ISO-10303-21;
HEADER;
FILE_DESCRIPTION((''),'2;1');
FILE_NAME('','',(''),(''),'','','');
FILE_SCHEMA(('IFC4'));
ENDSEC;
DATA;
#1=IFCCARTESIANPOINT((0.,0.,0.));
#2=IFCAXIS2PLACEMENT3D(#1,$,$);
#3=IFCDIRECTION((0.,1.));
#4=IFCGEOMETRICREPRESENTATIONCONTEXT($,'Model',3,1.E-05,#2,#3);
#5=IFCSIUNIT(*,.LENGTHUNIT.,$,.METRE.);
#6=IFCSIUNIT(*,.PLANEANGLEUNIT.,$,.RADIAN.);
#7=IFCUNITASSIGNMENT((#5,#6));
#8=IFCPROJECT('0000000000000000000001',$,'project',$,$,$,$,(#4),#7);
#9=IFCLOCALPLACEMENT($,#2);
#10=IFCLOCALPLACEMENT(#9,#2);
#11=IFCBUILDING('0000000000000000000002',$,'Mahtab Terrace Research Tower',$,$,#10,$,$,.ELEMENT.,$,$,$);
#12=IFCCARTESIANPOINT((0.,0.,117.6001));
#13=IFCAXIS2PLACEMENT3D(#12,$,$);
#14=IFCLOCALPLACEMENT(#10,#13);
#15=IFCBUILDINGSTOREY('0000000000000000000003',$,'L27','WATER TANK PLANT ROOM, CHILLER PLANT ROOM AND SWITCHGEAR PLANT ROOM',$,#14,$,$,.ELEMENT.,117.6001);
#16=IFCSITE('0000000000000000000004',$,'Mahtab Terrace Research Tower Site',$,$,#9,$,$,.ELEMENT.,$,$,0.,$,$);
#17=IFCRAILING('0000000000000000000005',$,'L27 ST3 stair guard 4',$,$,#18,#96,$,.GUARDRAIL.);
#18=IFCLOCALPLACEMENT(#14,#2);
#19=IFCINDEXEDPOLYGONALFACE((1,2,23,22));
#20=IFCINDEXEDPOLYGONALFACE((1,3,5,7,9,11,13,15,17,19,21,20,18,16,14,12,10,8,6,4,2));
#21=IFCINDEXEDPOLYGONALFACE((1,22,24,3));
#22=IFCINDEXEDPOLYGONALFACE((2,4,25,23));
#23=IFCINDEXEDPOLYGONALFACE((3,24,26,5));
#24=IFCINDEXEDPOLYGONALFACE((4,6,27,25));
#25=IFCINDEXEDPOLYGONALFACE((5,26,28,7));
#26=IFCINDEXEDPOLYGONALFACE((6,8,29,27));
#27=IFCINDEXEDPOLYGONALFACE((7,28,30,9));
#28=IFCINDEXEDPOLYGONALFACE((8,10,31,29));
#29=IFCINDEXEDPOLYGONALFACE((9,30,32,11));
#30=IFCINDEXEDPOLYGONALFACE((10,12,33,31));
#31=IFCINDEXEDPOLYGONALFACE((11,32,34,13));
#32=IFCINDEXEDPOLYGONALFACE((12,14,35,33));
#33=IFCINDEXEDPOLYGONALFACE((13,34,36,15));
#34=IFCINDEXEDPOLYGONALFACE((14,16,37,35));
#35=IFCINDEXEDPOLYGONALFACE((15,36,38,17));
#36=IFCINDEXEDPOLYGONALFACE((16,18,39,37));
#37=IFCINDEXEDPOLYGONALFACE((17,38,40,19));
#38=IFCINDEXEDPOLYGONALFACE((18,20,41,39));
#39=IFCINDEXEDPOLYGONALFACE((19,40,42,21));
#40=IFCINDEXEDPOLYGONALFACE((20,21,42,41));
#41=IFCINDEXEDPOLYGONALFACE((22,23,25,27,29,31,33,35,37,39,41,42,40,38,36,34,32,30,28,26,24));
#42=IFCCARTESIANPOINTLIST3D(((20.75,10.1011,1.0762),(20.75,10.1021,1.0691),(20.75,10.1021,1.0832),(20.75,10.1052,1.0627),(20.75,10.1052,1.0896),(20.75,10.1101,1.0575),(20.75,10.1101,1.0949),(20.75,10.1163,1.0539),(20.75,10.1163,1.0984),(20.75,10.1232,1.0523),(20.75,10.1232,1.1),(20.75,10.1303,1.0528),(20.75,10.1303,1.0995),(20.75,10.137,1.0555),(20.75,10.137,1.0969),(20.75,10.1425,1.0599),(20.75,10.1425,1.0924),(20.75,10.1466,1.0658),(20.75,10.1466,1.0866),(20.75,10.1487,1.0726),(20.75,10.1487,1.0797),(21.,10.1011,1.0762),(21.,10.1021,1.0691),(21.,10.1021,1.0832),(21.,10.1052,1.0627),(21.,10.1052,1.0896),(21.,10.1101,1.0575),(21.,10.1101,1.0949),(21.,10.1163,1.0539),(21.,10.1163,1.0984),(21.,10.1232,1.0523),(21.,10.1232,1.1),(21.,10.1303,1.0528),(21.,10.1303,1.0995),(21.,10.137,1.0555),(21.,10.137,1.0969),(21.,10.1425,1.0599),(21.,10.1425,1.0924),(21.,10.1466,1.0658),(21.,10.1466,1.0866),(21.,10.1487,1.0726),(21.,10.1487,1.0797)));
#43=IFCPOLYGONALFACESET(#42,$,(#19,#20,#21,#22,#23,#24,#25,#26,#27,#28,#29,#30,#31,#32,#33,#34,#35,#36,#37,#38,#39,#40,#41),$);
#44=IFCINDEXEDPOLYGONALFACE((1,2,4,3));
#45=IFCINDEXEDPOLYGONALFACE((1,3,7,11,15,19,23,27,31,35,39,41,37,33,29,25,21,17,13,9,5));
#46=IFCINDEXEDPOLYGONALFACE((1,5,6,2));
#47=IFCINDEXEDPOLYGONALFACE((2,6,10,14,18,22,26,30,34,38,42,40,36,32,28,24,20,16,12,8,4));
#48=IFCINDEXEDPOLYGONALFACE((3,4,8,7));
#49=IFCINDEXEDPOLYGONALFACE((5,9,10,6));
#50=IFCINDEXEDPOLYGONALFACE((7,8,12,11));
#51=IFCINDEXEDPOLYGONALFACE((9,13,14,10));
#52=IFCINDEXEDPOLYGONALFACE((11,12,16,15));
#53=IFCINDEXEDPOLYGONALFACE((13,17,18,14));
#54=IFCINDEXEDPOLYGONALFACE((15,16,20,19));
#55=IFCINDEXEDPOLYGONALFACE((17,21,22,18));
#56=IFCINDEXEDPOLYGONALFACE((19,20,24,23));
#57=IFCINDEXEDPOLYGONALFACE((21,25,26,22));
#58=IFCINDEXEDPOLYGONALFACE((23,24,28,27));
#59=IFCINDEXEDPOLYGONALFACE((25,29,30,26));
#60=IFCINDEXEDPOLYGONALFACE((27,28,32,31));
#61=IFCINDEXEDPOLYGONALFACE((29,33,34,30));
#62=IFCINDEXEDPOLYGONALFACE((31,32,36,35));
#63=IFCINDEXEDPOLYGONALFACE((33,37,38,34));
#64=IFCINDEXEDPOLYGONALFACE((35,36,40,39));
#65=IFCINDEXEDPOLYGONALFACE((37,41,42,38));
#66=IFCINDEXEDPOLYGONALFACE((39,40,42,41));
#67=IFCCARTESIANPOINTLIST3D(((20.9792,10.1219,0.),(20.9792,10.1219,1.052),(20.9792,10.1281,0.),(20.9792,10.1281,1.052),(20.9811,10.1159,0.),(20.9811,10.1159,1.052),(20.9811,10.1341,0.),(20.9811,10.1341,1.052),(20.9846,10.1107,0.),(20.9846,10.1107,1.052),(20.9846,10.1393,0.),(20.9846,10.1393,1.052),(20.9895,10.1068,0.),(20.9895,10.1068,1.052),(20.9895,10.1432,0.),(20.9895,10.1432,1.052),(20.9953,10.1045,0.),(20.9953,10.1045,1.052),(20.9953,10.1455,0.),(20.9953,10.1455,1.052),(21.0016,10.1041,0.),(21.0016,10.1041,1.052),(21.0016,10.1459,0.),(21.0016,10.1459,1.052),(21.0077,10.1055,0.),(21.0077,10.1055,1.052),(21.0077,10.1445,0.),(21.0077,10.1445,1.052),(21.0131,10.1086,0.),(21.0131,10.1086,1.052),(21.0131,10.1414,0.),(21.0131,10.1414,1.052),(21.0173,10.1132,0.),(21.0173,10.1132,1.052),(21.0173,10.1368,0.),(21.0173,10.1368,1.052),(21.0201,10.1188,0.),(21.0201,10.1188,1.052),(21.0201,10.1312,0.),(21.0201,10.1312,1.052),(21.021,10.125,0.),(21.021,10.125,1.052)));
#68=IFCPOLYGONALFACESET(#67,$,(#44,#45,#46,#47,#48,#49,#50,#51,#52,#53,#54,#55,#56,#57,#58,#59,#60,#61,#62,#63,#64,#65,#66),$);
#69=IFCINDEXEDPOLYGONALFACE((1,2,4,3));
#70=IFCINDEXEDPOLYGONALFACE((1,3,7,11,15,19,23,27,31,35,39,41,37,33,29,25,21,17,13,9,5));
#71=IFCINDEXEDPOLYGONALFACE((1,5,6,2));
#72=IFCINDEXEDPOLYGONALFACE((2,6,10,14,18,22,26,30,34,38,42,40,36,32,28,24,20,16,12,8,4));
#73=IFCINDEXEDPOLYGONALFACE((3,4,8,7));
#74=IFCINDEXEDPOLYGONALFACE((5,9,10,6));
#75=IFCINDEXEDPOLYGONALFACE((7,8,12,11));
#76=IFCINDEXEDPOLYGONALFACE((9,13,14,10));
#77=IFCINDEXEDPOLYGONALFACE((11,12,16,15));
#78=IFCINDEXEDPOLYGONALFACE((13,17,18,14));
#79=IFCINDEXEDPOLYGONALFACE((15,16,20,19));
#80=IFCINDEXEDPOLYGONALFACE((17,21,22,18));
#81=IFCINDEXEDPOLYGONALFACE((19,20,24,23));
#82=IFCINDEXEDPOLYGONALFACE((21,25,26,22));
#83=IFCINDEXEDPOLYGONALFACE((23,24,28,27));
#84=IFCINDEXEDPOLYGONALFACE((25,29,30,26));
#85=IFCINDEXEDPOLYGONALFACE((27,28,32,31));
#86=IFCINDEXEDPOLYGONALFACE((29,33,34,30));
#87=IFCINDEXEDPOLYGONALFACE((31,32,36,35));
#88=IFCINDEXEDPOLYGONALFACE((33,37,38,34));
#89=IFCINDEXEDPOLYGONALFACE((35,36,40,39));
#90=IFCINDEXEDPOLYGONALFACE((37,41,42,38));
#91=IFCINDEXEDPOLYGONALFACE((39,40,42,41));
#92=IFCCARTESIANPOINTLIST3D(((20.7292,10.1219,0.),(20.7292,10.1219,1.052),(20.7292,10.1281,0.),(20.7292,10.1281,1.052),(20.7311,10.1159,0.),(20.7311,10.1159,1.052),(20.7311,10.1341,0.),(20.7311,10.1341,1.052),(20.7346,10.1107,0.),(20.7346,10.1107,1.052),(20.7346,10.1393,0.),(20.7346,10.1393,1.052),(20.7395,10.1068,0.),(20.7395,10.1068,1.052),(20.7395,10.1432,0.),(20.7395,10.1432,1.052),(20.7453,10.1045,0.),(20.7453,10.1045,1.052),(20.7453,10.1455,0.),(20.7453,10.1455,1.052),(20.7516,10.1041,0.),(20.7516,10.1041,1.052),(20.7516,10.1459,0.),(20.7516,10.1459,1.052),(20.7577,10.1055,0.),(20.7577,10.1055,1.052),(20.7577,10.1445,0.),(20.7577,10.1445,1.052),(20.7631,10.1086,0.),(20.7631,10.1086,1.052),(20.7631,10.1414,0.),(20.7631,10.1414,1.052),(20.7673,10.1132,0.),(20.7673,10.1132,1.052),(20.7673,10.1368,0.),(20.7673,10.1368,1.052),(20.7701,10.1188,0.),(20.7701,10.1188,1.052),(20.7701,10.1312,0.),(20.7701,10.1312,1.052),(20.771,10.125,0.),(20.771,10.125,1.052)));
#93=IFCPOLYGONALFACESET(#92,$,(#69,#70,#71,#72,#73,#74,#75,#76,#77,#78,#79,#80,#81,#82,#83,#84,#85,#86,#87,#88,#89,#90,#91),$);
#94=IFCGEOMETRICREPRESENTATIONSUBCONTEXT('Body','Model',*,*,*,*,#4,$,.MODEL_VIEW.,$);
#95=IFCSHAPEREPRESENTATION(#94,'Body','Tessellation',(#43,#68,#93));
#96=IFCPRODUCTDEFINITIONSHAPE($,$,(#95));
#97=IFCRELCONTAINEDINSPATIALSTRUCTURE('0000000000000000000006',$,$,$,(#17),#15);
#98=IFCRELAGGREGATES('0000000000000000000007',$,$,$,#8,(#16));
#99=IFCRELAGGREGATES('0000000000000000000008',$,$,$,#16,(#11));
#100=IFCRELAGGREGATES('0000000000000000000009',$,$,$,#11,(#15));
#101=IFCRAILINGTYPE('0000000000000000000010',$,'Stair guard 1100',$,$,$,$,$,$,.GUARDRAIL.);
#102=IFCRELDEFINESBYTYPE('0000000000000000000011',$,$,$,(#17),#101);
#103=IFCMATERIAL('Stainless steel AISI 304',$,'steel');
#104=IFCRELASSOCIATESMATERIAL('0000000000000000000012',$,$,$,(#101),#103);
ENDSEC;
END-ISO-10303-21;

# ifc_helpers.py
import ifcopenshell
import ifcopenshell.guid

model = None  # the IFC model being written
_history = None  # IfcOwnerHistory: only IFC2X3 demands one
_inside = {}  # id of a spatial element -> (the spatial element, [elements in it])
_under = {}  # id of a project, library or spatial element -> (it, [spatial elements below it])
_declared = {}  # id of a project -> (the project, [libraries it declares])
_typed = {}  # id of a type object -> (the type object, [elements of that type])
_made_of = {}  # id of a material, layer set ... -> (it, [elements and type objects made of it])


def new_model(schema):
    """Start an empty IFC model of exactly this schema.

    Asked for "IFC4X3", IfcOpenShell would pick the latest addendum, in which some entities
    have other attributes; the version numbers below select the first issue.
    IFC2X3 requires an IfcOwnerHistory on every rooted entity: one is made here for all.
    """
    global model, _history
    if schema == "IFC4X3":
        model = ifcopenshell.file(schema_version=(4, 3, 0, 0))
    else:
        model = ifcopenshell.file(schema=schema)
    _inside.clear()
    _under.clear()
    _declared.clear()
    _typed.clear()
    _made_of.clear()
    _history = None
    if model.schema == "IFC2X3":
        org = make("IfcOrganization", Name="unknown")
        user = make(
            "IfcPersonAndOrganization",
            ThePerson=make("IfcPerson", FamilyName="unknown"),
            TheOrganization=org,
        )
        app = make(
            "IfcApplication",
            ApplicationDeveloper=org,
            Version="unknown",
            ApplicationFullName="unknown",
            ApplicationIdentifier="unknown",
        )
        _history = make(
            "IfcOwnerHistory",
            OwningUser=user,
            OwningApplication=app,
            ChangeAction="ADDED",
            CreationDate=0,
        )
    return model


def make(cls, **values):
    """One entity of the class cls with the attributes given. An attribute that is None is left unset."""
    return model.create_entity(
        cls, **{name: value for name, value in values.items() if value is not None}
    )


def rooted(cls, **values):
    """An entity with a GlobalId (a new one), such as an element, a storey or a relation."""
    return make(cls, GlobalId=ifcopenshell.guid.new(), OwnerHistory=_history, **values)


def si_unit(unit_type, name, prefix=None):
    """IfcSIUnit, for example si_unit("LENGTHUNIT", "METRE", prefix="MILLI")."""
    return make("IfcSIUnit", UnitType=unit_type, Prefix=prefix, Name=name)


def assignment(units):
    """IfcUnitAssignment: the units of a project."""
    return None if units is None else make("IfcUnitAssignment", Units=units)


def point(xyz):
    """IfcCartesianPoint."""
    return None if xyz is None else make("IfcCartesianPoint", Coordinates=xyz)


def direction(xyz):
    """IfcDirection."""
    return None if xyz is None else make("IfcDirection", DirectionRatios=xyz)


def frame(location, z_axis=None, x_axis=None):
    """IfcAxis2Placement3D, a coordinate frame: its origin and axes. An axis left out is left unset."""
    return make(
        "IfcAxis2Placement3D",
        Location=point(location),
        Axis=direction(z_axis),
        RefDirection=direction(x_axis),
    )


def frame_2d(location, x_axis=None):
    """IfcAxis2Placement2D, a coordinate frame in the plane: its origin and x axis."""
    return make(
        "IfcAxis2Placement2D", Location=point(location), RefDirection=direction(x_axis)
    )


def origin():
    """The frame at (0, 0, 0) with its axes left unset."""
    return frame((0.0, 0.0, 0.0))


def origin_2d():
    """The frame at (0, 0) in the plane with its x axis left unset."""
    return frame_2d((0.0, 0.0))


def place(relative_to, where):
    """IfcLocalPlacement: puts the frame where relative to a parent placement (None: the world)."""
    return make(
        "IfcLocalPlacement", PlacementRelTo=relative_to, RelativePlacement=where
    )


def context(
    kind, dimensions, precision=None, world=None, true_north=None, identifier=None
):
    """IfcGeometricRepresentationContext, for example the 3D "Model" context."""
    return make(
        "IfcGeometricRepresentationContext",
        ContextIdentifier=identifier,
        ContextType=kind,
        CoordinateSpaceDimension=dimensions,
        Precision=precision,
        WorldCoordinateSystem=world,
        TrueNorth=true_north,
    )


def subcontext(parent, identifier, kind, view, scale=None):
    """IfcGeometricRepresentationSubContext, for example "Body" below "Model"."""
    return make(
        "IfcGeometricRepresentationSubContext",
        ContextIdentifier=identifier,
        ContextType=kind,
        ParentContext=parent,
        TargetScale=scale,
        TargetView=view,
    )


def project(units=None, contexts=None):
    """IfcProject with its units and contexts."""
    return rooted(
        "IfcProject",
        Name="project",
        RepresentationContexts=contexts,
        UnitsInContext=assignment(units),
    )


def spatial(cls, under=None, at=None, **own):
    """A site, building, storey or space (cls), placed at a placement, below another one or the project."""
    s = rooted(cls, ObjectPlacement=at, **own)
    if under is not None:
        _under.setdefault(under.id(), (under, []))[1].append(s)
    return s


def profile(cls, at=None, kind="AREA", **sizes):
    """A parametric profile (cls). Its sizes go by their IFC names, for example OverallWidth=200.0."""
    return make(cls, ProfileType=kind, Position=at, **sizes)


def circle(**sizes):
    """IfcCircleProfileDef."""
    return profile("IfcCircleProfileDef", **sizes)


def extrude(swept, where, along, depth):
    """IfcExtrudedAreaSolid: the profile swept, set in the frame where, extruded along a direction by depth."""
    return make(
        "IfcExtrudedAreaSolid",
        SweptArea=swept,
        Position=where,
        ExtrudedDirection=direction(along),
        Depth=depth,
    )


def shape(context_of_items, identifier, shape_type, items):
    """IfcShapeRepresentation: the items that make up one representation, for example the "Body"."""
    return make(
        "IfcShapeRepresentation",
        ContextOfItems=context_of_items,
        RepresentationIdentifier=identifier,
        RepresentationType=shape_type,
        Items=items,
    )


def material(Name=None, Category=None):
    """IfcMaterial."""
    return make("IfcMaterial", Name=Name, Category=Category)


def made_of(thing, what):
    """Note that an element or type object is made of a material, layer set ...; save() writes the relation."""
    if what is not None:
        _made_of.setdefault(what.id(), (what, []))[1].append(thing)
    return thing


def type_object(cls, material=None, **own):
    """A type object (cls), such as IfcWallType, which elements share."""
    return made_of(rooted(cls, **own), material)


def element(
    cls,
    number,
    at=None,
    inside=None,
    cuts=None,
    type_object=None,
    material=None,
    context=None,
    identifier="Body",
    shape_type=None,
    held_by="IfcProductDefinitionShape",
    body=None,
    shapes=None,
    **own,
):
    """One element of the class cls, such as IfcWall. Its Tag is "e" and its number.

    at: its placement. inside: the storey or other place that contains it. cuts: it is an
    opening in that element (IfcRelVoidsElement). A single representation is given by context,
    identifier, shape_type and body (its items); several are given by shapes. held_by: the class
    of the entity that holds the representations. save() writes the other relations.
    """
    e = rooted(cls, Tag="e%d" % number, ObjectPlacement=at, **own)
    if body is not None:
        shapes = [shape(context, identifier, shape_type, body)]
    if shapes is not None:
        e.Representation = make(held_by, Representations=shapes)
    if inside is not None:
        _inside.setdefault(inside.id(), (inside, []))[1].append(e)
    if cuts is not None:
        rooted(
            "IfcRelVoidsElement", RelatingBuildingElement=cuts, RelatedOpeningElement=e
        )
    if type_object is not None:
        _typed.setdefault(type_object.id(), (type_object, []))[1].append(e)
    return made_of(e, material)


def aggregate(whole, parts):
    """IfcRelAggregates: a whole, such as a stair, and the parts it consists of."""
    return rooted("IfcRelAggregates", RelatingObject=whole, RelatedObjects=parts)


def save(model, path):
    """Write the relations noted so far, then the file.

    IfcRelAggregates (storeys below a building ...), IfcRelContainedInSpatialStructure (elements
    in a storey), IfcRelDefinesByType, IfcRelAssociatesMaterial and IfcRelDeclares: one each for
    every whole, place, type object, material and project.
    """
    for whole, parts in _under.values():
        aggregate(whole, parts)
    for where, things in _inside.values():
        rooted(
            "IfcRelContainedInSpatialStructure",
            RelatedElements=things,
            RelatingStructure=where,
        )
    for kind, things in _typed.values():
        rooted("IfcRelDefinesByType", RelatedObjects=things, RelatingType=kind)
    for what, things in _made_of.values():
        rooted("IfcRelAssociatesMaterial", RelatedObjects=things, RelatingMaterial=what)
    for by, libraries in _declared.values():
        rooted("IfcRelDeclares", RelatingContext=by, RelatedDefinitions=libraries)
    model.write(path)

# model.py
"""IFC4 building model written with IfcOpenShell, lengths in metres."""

from ifc_helpers import new_model, si_unit, direction, frame, origin, origin_2d, place, context, subcontext, project, spatial, circle, extrude, material, type_object, element, save


model = new_model("IFC4")

# Units and contexts
model_context = context("Model", 3, precision=1e-05, world=origin(), true_north=direction((0.0, 1.0)))
body_context = subcontext(model_context, "Body", "Model", "MODEL_VIEW")
ifc_project = project(units=[si_unit("LENGTHUNIT", "METRE"), si_unit("PLANEANGLEUNIT", "RADIAN")], contexts=[model_context])

# Site, building, storey
site_placement = place(None, origin())
site = spatial("IfcSite", under=ifc_project, at=site_placement, Name="Mahtab Terrace Research Tower Site", CompositionType="ELEMENT", RefElevation=0.0)
building_placement = place(site_placement, origin())
building = spatial("IfcBuilding", under=site, at=building_placement, Name="Mahtab Terrace Research Tower", CompositionType="ELEMENT")
storey_placement = place(building_placement, frame((0.0, 0.0, 117.6001)))
storey = spatial("IfcBuildingStorey", under=building, at=storey_placement, Name="L27", Description="WATER TANK PLANT ROOM, CHILLER PLANT ROOM AND SWITCHGEAR PLANT ROOM", CompositionType="ELEMENT", Elevation=117.6001)

# Railing
ifc_material_1 = material(Name="Stainless steel AISI 304", Category="steel")
railing_type_1 = type_object("IfcRailingType", Name="Stair guard 1100", PredefinedType="GUARDRAIL", material=ifc_material_1)
railing_1_placement = place(storey_placement, frame((21.0, 10.125, 0.0)))
element("IfcRailing", 1, at=railing_1_placement, inside=storey, type_object=railing_type_1, Name="L27 ST3 stair guard 4", PredefinedType="GUARDRAIL", context=body_context, shape_type="SweptSolid", body=[
    extrude(circle(Radius=0.0239, at=origin_2d()), frame((0.0, 0.0, 1.0762), z_axis=(-1.0, 0.0, 0.0), x_axis=(0.0, -1.0, 0.0)), (0.0, 0.0, 1.0), 0.25),
    extrude(circle(Radius=0.021, at=origin_2d()), origin(), (0.0, 0.0, 1.0), 1.052),
    extrude(circle(Radius=0.021, at=origin_2d()), frame((-0.25, 0.0, 0.0)), (0.0, 0.0, 1.0), 1.052),
])

save(model, "model.ifc")
